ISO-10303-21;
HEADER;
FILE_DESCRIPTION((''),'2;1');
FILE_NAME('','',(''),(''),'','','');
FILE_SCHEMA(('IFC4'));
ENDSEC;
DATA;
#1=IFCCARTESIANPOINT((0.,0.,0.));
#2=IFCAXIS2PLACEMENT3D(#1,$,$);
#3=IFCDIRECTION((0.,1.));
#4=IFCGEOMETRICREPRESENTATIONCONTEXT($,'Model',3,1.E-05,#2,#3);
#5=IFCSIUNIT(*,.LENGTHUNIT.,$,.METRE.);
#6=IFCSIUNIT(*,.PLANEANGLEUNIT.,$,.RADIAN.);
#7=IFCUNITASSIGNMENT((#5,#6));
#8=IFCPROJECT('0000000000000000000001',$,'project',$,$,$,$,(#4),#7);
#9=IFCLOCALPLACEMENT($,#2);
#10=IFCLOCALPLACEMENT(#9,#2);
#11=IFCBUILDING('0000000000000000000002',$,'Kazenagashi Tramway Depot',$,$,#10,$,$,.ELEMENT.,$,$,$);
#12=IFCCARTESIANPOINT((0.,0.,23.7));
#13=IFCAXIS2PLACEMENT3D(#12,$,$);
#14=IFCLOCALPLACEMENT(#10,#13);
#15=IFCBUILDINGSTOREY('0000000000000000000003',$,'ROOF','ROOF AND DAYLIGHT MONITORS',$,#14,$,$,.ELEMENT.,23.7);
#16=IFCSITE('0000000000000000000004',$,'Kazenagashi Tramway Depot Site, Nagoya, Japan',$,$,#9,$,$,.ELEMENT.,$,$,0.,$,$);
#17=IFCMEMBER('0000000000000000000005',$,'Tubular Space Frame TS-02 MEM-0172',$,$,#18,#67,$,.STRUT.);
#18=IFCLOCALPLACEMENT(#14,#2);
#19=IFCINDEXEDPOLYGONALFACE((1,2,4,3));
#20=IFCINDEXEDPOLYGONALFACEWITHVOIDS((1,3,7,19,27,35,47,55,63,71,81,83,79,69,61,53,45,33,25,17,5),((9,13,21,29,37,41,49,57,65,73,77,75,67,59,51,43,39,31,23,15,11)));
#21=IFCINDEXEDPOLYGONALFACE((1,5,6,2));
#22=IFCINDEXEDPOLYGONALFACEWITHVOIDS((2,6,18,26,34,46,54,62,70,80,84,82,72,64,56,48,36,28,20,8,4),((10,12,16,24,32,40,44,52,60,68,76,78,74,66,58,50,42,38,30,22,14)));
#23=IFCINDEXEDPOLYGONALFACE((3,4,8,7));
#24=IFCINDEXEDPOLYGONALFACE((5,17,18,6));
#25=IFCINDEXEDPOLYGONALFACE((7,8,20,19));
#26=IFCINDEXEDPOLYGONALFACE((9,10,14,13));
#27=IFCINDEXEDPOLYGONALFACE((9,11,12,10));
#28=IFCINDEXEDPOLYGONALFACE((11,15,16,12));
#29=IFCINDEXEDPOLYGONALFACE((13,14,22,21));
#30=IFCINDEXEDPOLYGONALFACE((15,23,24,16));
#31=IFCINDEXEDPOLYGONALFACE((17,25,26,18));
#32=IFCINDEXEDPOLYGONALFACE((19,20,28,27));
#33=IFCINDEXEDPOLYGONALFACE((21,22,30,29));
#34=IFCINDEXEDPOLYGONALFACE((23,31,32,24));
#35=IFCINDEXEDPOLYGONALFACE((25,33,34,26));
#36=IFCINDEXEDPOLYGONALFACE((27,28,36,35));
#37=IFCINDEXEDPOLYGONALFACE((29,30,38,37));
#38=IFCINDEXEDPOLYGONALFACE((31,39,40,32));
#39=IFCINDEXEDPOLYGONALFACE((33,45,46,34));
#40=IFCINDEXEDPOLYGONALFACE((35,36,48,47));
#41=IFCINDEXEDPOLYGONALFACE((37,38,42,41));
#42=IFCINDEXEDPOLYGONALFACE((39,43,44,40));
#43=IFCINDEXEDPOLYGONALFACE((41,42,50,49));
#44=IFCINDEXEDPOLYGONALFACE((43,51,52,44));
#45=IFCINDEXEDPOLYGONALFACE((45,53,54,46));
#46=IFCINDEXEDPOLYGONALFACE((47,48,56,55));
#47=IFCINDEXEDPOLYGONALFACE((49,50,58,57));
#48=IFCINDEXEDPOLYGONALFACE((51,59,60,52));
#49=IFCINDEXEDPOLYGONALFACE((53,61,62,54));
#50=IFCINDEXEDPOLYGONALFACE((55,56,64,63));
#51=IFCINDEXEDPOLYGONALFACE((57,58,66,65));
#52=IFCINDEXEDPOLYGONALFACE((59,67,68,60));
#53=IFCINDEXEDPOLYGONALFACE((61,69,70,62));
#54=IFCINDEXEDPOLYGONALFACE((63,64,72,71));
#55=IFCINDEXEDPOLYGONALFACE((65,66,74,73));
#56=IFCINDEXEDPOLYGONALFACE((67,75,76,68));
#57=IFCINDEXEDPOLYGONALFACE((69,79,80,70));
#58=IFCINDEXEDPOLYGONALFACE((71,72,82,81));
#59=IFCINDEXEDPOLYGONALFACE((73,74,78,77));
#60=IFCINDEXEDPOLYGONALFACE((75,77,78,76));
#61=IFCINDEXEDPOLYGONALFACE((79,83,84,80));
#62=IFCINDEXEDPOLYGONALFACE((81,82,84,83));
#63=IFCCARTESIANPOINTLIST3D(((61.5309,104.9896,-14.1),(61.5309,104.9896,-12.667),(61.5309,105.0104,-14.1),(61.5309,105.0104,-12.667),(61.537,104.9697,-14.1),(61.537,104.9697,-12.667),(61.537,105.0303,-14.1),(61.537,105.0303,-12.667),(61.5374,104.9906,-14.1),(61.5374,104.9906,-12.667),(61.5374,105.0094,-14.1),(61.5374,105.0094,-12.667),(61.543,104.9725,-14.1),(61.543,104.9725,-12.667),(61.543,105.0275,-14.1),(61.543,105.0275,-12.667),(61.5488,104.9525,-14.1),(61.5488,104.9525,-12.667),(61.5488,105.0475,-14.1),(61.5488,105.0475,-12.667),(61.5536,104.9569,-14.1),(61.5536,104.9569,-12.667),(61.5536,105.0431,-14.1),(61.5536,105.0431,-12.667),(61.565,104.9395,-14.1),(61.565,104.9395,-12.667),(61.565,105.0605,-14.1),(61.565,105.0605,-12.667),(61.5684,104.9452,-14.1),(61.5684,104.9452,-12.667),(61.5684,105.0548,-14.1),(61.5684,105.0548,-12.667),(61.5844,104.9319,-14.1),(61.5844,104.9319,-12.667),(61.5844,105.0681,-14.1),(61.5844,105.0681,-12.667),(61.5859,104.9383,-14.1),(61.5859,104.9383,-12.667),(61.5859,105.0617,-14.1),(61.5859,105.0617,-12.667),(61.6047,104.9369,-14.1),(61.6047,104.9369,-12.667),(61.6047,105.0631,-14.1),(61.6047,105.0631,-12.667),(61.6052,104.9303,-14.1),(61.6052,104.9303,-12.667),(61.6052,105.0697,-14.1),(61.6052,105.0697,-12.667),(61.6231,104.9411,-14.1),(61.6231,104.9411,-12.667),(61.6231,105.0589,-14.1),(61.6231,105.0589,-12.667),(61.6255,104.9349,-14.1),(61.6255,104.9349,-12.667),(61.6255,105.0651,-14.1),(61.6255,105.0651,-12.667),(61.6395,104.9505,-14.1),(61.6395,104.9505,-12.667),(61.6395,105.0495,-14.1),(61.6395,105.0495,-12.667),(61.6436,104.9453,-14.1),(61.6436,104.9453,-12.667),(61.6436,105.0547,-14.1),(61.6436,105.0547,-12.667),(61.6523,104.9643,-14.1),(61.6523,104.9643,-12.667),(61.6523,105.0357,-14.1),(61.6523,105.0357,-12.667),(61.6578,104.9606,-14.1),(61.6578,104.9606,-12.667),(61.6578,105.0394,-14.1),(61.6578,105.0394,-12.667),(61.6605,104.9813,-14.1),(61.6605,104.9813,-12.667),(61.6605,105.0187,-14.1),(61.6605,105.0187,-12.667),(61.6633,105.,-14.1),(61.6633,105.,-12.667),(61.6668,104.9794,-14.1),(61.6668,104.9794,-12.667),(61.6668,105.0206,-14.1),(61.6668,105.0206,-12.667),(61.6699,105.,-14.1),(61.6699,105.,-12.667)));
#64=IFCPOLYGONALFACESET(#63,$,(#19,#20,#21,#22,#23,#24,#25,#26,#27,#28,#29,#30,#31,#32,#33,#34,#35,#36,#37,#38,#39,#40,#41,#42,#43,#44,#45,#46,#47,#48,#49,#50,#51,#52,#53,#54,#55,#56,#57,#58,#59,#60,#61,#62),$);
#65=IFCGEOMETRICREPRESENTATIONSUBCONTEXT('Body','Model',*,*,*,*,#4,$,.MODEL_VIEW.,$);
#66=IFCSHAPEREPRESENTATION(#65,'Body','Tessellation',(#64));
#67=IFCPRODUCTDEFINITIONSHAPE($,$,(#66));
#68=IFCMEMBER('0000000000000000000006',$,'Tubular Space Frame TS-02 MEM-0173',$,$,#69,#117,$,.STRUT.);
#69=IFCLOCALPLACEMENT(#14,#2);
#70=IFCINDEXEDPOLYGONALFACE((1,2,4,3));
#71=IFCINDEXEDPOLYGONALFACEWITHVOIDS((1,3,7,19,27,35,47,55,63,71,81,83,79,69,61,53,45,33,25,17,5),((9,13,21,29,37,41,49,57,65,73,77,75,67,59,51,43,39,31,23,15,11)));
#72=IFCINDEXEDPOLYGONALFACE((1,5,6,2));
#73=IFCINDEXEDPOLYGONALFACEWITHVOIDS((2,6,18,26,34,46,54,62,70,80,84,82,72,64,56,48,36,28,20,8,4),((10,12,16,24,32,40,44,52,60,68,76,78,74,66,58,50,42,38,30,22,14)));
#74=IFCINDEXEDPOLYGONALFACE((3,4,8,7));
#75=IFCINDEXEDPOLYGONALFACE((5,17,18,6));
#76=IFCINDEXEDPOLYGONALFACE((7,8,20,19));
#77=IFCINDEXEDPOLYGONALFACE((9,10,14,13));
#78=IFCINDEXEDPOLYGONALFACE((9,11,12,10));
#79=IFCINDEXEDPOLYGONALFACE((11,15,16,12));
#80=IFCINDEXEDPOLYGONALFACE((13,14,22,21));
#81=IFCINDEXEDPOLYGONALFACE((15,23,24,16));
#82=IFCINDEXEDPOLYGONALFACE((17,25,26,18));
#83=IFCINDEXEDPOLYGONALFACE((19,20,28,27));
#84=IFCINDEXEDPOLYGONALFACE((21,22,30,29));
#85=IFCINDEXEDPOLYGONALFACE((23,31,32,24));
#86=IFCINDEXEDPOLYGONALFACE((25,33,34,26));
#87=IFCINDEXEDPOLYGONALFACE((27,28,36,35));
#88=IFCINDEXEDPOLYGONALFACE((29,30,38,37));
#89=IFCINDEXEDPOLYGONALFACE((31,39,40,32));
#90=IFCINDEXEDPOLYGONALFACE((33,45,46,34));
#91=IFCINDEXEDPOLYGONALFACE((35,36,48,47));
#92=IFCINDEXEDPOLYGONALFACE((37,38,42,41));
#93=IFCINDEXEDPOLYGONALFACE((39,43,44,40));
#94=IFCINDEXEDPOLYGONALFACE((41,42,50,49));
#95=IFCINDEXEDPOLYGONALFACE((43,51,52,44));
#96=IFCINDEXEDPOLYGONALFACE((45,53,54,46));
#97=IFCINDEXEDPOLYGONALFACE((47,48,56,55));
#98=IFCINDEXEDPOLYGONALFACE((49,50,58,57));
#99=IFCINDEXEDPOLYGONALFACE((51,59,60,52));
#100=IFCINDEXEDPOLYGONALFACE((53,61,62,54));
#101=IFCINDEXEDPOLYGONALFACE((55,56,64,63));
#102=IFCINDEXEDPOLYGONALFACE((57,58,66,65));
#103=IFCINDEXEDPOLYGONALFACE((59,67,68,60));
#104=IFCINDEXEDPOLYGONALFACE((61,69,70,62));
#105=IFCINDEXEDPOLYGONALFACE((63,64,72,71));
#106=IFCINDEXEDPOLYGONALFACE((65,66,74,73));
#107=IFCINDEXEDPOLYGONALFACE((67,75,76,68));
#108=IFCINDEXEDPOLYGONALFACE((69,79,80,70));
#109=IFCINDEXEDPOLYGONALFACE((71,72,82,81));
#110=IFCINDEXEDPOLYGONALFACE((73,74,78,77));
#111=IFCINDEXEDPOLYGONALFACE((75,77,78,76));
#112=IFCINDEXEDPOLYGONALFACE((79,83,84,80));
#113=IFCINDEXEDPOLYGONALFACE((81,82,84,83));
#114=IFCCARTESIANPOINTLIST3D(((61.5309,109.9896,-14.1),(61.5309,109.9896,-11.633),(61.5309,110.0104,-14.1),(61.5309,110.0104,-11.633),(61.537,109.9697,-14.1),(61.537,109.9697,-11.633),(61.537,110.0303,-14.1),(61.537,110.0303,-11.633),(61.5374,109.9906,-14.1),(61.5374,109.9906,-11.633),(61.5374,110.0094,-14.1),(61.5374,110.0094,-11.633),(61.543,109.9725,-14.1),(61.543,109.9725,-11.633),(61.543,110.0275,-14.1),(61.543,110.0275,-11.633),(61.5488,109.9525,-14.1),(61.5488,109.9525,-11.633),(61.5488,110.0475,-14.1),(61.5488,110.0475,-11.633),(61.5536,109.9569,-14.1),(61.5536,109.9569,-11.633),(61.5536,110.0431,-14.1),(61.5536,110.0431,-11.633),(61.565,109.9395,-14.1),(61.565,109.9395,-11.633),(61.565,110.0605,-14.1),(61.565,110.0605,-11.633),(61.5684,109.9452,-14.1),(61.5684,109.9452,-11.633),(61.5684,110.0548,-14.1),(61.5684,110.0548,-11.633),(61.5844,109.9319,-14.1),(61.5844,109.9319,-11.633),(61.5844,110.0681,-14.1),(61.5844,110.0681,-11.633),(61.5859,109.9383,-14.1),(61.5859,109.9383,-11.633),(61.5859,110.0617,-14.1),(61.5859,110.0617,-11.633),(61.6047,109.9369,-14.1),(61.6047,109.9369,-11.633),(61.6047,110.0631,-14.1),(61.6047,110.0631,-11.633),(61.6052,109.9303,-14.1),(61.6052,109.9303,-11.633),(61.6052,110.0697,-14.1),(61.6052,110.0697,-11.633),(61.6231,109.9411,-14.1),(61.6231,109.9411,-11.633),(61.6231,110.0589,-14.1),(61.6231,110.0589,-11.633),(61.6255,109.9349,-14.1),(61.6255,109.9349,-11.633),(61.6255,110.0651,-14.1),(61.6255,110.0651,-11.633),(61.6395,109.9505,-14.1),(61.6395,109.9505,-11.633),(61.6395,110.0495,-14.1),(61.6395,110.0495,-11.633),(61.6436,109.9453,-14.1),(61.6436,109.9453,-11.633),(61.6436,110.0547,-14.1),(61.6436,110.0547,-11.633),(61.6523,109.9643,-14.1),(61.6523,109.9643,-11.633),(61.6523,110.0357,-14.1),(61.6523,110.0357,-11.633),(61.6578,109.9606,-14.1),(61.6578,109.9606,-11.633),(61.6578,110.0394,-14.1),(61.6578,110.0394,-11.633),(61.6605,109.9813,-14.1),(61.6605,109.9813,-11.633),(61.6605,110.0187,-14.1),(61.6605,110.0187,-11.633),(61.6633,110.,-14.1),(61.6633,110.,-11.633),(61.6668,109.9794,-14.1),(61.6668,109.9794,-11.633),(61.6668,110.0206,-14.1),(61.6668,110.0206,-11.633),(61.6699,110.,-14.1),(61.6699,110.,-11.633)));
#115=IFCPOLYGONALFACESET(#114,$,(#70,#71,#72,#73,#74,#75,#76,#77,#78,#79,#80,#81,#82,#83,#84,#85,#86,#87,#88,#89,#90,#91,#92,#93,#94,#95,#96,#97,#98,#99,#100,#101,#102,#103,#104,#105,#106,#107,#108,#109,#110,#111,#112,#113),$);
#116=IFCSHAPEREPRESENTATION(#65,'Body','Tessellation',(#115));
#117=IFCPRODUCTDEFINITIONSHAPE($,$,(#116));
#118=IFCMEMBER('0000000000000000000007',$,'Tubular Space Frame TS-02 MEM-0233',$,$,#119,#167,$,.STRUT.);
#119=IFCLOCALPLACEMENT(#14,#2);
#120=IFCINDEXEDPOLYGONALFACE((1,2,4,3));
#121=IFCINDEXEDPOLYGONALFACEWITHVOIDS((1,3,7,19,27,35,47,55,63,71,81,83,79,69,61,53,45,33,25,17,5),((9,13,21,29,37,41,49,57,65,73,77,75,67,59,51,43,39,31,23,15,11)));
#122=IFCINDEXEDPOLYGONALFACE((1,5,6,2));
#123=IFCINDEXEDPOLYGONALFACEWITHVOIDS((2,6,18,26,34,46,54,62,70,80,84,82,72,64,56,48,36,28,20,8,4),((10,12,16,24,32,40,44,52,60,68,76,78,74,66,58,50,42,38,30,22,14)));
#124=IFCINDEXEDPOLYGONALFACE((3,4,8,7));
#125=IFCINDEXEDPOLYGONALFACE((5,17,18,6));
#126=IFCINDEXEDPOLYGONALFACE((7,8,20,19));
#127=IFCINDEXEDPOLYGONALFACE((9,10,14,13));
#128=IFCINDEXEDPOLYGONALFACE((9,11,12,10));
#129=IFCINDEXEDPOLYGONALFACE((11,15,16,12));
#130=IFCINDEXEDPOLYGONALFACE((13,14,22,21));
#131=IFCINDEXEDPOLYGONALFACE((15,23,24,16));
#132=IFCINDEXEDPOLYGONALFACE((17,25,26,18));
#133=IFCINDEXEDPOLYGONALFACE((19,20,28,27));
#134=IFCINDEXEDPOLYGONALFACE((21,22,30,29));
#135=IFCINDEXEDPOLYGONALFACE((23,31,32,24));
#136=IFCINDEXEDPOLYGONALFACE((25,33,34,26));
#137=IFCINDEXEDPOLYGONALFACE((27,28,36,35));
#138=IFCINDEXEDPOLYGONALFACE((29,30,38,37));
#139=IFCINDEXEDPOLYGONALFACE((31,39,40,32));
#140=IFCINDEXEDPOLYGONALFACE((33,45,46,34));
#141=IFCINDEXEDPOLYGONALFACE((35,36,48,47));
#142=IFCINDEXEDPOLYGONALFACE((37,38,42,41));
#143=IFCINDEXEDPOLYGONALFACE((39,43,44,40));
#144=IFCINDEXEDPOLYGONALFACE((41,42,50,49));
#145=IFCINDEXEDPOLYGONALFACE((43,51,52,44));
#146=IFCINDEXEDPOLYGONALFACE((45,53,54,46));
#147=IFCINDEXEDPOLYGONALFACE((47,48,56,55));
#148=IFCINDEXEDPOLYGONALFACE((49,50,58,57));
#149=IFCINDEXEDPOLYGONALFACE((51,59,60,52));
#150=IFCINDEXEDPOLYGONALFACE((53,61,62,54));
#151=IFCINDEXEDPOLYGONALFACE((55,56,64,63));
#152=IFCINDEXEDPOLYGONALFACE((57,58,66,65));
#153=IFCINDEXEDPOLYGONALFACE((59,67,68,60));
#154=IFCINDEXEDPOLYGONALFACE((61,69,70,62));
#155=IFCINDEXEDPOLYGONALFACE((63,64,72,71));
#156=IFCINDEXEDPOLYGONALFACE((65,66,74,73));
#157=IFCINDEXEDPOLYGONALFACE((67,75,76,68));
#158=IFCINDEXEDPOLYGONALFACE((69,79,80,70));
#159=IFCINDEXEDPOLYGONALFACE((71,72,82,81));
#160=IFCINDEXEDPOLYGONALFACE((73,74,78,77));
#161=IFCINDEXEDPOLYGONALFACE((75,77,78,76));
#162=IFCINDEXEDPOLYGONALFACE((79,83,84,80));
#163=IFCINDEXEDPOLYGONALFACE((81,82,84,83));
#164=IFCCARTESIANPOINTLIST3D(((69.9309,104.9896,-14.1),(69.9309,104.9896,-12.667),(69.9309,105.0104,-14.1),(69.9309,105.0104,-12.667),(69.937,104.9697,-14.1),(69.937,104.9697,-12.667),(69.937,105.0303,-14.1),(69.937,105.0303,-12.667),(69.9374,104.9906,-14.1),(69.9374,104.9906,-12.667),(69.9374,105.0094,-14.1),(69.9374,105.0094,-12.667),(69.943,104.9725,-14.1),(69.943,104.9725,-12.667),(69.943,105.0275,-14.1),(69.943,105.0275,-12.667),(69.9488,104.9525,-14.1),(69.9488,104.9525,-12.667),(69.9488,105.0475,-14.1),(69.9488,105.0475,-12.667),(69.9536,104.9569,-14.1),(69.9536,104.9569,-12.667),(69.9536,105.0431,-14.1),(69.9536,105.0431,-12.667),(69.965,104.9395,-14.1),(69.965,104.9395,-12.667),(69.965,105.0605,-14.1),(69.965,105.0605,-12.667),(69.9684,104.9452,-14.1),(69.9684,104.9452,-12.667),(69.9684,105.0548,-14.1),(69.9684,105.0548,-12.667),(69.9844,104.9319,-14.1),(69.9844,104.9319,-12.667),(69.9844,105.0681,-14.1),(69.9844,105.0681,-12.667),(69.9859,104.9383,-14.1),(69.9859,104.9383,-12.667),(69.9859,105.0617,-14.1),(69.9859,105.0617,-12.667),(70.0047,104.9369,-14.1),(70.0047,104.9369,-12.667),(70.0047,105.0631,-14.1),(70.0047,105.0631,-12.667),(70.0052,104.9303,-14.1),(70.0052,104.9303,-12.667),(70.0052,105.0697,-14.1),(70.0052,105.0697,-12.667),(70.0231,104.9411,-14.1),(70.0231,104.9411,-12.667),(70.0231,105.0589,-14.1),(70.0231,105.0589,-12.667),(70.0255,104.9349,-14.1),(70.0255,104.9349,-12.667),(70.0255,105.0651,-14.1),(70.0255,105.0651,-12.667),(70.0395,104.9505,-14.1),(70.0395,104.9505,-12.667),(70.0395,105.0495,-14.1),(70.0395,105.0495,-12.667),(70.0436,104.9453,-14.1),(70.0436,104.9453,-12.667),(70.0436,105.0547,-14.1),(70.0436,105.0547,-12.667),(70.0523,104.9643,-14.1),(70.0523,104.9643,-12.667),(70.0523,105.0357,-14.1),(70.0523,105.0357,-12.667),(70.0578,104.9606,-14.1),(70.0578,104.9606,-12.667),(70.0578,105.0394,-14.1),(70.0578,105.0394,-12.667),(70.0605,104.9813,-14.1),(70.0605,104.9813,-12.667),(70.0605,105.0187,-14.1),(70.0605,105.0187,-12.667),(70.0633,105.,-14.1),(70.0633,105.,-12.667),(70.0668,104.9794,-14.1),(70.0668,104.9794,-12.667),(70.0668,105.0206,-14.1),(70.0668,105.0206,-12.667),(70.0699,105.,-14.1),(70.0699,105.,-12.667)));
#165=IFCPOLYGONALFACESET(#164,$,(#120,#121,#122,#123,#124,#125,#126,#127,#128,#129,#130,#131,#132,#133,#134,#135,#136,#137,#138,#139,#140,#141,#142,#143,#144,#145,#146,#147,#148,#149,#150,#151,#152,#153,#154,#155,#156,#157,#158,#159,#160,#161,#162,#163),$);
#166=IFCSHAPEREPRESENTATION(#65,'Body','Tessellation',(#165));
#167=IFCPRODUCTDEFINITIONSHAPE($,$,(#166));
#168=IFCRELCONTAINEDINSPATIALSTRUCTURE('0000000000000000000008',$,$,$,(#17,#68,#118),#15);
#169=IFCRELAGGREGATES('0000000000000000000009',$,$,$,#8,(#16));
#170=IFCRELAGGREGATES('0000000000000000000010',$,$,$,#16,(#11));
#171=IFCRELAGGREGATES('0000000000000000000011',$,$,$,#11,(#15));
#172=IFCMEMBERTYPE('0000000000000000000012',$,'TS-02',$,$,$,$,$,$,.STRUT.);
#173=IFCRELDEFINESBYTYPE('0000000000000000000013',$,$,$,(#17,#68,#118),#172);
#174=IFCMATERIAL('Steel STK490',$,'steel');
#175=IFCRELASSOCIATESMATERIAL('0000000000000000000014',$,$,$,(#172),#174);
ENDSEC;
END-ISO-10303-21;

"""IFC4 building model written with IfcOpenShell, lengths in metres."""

from ifc_helpers import new_model, si_unit, direction, frame, origin, origin_2d, place, context, subcontext, project, spatial, hollow_circle, extrude, material, material_profile, profile_set, type_object, element, save


model = new_model("IFC4")

# Units and contexts
model_context = context("Model", 3, precision=1e-05, world=origin(), true_north=direction((0.0, 1.0)))
body_context = subcontext(model_context, "Body", "Model", "MODEL_VIEW")
ifc_project = project(units=[si_unit("LENGTHUNIT", "METRE"), si_unit("PLANEANGLEUNIT", "RADIAN")], contexts=[model_context])

# Site, building, storey
site_placement = place(None, origin())
site = spatial("IfcSite", under=ifc_project, at=site_placement, Name="Kazenagashi Tramway Depot Site, Nagoya, Japan", CompositionType="ELEMENT", RefElevation=0.0)
building_placement = place(site_placement, origin())
building = spatial("IfcBuilding", under=site, at=building_placement, Name="Kazenagashi Tramway Depot", CompositionType="ELEMENT")
storey_placement = place(building_placement, frame((0.0, 0.0, 23.7)))
storey = spatial("IfcBuildingStorey", under=building, at=storey_placement, Name="ROOF", Description="ROOF AND DAYLIGHT MONITORS", CompositionType="ELEMENT", Elevation=23.7)

# Members
ifc_material_1 = material(Name="Steel STK490", Category="steel")
ifc_material_profile_1 = material_profile(ifc_material_1, hollow_circle(Radius=0.0699, WallThickness=0.0066, at=origin_2d()), Name="CHS-139.8x6.6")
ifc_profile_set_1 = profile_set([ifc_material_profile_1], Name="Steel STK490")
member_type_1 = type_object("IfcMemberType", Name="TS-02", PredefinedType="STRUT", material=ifc_profile_set_1)
member_1_placement = place(storey_placement, frame((61.6, 105.0, -14.1), z_axis=(0.0, 0.0, 1.0), x_axis=(1.0, 0.0, 0.0)))
element("IfcMember", 1, at=member_1_placement, inside=storey, type_object=member_type_1, Name="Tubular Space Frame TS-02 MEM-0172", PredefinedType="STRUT", context=body_context, shape_type="SweptSolid", body=[
    extrude(hollow_circle(Radius=0.0699, WallThickness=0.0066, at=origin_2d()), origin(), (0.0, 0.0, 1.0), 1.433),
])
member_2_placement = place(storey_placement, frame((61.6, 110.0, -14.1), z_axis=(0.0, 0.0, 1.0), x_axis=(1.0, 0.0, 0.0)))
element("IfcMember", 2, at=member_2_placement, inside=storey, type_object=member_type_1, Name="Tubular Space Frame TS-02 MEM-0173", PredefinedType="STRUT", context=body_context, shape_type="SweptSolid", body=[
    extrude(hollow_circle(Radius=0.0699, WallThickness=0.0066, at=origin_2d()), origin(), (0.0, 0.0, 1.0), 2.467),
])
member_3_placement = place(storey_placement, frame((70.0, 105.0, -14.1), z_axis=(0.0, 0.0, 1.0), x_axis=(1.0, 0.0, 0.0)))
element("IfcMember", 3, at=member_3_placement, inside=storey, type_object=member_type_1, Name="Tubular Space Frame TS-02 MEM-0233", PredefinedType="STRUT", context=body_context, shape_type="SweptSolid", body=[
    extrude(hollow_circle(Radius=0.0699, WallThickness=0.0066, at=origin_2d()), origin(), (0.0, 0.0, 1.0), 1.433),
])

save(model, "model.ifc")
